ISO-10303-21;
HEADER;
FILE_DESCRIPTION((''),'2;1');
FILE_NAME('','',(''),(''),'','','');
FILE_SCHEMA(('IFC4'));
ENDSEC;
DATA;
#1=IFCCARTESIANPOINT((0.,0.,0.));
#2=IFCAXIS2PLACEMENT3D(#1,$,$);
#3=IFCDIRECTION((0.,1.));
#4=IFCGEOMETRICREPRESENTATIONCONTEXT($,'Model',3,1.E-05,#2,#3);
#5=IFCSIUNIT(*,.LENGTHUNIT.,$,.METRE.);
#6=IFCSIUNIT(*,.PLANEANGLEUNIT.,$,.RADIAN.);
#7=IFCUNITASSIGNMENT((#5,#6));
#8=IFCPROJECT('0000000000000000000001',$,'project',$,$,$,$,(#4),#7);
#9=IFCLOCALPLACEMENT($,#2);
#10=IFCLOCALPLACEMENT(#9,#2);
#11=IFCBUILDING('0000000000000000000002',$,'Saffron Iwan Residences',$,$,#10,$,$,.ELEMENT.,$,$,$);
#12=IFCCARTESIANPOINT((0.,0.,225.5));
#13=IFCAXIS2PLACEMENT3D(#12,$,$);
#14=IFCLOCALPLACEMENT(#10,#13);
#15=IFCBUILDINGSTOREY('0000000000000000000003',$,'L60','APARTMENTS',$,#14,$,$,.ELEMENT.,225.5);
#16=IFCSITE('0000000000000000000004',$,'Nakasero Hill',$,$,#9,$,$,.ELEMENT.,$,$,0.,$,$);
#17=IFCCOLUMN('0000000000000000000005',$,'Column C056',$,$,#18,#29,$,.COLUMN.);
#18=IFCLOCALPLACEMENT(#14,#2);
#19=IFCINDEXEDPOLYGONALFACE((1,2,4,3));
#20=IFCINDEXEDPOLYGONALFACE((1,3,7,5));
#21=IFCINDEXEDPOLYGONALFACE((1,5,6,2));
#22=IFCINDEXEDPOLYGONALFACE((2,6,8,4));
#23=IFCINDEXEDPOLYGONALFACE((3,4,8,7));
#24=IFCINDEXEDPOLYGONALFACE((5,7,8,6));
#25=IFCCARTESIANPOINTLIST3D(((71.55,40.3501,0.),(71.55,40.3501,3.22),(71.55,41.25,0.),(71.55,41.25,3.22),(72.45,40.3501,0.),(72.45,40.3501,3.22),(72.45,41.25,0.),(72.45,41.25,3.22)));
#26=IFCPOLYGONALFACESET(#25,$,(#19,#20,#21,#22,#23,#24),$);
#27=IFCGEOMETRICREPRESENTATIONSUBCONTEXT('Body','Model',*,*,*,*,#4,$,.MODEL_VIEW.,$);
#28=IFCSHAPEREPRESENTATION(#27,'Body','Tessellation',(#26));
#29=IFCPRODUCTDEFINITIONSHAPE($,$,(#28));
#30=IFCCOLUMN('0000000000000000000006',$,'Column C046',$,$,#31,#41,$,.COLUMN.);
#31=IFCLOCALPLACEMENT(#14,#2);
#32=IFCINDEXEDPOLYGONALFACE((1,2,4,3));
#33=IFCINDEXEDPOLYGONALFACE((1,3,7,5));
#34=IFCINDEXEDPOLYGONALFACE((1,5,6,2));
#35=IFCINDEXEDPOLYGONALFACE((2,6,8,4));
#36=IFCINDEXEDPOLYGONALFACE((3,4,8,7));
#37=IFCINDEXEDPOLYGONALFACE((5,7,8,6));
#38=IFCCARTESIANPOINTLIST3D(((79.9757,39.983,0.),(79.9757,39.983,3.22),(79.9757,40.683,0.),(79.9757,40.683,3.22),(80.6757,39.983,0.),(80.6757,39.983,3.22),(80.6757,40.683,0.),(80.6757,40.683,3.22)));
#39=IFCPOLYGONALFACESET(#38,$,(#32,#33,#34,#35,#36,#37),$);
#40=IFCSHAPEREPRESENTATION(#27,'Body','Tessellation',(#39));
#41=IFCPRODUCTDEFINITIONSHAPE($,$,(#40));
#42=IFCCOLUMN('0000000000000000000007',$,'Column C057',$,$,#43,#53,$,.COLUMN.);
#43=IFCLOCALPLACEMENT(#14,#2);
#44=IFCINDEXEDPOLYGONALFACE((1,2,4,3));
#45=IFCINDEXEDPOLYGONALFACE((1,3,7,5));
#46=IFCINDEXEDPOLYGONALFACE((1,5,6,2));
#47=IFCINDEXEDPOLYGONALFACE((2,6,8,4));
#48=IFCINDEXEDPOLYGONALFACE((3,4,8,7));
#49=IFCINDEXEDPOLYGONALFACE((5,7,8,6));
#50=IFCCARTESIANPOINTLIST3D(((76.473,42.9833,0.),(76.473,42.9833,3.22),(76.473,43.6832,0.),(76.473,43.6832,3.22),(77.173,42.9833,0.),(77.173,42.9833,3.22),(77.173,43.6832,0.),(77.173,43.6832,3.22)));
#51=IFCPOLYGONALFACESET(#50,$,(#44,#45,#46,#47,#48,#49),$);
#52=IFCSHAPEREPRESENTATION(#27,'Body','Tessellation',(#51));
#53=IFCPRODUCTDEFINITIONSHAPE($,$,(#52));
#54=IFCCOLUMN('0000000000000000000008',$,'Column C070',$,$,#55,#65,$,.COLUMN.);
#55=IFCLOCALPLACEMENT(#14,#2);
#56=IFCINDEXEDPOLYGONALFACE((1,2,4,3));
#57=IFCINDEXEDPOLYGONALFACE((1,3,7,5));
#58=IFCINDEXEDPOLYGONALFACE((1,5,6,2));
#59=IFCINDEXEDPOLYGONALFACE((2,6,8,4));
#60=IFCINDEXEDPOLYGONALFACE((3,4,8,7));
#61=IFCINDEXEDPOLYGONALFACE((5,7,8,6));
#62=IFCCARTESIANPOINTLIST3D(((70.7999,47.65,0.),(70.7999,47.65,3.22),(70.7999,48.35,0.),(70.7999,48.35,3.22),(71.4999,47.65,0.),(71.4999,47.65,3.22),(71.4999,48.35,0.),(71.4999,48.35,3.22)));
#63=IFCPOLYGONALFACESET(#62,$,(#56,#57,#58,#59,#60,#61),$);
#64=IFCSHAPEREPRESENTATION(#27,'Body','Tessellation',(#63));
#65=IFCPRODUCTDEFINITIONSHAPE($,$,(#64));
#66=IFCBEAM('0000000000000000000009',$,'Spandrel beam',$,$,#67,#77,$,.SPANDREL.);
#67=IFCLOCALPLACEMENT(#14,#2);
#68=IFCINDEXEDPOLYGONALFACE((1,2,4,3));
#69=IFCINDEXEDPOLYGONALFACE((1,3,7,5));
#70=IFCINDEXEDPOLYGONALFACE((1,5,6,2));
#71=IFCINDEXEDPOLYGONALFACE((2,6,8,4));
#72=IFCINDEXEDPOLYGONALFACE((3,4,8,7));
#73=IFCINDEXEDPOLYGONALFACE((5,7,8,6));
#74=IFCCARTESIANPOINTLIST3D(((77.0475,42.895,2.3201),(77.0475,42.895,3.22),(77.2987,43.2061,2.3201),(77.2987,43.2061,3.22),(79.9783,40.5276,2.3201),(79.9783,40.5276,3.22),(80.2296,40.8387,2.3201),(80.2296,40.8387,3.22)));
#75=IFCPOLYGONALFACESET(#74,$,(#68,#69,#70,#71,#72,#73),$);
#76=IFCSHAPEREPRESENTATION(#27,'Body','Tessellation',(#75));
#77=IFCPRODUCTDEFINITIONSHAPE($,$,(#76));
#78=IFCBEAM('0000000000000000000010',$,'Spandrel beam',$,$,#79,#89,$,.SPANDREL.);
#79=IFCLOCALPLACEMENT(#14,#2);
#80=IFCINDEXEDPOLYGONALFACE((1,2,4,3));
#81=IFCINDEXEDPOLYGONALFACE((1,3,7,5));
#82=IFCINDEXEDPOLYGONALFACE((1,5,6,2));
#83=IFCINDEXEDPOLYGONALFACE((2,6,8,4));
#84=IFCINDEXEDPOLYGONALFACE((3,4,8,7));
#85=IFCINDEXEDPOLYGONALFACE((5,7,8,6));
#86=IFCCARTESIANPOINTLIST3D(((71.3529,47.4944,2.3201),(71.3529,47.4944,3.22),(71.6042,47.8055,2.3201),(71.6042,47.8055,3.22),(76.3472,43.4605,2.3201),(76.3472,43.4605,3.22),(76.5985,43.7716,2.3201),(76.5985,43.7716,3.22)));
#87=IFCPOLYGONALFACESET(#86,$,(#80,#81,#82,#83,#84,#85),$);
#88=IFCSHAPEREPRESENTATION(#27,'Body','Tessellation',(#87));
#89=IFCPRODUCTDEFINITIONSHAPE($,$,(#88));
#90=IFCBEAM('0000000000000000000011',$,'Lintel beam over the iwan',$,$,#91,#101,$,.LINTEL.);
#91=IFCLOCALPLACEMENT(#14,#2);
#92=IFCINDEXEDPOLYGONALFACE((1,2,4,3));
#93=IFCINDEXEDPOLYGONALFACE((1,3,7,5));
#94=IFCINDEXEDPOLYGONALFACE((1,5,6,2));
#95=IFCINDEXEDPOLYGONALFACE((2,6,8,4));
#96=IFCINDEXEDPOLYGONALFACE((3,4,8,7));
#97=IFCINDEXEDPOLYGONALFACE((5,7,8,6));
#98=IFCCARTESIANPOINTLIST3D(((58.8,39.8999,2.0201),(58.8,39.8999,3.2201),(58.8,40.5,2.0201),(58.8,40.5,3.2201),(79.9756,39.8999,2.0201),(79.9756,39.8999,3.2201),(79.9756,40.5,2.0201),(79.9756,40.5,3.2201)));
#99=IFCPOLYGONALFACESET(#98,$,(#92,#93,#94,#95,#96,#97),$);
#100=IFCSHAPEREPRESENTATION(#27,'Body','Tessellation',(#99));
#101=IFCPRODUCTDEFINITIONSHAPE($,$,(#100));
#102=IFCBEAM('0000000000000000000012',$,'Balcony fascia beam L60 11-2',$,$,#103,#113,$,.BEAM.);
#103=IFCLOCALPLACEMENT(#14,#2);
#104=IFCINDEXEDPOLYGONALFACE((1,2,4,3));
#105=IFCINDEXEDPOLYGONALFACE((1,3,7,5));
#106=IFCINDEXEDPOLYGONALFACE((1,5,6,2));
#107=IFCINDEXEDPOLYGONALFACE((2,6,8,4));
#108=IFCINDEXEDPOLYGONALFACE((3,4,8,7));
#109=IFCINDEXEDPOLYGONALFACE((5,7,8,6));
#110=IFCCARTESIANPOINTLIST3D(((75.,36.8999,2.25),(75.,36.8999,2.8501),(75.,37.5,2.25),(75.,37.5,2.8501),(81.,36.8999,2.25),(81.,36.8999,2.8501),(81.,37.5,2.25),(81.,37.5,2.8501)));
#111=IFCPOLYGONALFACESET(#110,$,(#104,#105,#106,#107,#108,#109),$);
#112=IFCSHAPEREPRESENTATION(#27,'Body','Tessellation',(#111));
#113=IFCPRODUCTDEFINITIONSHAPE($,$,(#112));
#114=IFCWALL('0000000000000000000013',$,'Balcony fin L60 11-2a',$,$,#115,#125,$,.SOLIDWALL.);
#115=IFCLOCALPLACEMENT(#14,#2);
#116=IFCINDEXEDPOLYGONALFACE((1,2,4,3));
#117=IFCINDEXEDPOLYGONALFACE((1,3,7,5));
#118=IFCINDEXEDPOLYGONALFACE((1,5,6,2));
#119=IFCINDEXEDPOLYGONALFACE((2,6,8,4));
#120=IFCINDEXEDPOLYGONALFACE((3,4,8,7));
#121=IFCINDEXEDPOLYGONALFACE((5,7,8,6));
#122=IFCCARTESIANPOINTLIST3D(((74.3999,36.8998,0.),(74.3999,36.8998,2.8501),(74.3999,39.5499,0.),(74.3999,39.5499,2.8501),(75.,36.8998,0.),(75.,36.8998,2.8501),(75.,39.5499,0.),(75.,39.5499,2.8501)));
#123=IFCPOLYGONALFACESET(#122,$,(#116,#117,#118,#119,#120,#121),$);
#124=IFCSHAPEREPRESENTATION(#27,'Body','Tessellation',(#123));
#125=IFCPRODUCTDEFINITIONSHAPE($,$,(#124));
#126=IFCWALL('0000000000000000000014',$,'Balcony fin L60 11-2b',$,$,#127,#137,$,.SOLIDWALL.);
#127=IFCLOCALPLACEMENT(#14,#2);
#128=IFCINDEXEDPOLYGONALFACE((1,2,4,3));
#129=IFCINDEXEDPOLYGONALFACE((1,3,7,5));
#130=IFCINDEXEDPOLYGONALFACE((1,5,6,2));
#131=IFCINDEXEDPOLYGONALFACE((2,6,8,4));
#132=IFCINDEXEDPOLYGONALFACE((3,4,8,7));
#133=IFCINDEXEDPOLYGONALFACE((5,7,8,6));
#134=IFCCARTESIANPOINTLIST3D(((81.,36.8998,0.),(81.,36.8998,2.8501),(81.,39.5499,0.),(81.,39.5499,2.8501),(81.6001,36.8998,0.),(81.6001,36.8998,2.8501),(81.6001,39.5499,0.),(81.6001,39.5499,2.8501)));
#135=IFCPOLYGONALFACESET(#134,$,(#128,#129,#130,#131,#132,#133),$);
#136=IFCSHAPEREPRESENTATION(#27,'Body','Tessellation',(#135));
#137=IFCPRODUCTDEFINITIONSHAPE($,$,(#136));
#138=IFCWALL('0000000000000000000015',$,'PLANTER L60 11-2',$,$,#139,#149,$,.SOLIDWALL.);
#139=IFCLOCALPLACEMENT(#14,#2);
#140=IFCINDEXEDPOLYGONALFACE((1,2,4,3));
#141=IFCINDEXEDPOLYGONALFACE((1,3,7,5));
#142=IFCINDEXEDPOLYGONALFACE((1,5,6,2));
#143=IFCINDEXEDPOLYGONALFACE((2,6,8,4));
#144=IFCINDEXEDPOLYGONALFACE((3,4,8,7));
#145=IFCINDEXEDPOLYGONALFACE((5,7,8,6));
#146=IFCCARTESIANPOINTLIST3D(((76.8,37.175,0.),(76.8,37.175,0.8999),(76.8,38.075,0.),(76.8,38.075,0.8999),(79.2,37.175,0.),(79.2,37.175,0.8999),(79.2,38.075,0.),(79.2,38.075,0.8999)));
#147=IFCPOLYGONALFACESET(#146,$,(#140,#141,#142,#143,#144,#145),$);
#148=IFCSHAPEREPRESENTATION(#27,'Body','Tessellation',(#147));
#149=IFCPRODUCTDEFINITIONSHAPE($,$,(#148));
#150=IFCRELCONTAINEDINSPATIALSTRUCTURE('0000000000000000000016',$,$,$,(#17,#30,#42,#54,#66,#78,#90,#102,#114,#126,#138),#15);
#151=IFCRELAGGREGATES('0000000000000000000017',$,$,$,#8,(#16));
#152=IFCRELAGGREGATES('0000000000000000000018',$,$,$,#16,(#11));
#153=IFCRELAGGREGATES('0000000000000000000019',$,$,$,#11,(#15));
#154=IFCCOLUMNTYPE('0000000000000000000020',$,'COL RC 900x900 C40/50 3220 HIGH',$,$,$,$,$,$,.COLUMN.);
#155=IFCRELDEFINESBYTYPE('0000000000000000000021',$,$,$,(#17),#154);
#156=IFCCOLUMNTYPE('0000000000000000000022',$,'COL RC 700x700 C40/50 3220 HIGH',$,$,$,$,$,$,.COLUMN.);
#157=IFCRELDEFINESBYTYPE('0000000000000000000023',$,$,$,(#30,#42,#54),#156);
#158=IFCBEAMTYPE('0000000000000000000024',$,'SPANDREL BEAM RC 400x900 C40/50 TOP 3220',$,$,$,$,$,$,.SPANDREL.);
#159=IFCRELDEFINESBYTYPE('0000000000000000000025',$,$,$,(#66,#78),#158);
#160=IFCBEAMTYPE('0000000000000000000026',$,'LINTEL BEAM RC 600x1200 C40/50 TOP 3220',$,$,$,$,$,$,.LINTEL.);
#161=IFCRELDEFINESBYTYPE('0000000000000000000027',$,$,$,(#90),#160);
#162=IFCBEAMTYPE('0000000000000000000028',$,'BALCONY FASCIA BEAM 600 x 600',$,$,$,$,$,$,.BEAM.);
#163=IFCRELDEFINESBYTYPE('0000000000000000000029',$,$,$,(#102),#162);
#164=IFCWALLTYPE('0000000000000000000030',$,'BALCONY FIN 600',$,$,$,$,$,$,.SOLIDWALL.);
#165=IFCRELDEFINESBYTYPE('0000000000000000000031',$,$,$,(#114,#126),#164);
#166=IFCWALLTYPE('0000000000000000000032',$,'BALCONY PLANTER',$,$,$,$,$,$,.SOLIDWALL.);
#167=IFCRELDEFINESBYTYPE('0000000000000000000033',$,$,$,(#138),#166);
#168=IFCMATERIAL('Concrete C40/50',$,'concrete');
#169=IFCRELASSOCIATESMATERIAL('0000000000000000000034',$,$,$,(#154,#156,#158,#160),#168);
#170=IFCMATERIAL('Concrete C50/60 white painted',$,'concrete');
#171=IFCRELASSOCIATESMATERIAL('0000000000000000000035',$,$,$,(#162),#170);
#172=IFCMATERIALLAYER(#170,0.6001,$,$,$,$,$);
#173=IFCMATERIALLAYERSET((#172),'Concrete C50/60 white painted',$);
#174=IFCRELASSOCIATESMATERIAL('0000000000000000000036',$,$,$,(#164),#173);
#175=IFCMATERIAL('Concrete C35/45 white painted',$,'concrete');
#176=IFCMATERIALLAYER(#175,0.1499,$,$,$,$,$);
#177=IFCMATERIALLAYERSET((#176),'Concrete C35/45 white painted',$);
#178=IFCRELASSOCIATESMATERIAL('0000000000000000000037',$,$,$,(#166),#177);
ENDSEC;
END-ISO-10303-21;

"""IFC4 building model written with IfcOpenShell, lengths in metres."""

from ifc_helpers import new_model, si_unit, direction, frame, frame_2d, origin, origin_2d, place, context, subcontext, project, spatial, rectangle, extrude, source, transform, mapped, material, layer, layer_set, material_profile, profile_set, type_object, element, save


model = new_model("IFC4")

# Units and contexts
model_context = context("Model", 3, precision=1e-05, world=origin(), true_north=direction((0.0, 1.0)))
body_context = subcontext(model_context, "Body", "Model", "MODEL_VIEW")
ifc_project = project(units=[si_unit("LENGTHUNIT", "METRE"), si_unit("PLANEANGLEUNIT", "RADIAN")], contexts=[model_context])

# Site, building, storey
site_placement = place(None, origin())
site = spatial("IfcSite", under=ifc_project, at=site_placement, Name="Nakasero Hill", CompositionType="ELEMENT", RefElevation=0.0)
building_placement = place(site_placement, origin())
building = spatial("IfcBuilding", under=site, at=building_placement, Name="Saffron Iwan Residences", CompositionType="ELEMENT")
storey_placement = place(building_placement, frame((0.0, 0.0, 225.5)))
storey = spatial("IfcBuildingStorey", under=building, at=storey_placement, Name="L60", Description="APARTMENTS", CompositionType="ELEMENT", Elevation=225.5)

# Columns
ifc_material_1 = material(Name="Concrete C40/50", Category="concrete")
ifc_material_profile_1 = material_profile(ifc_material_1, rectangle(XDim=0.8999, YDim=0.8999, at=origin_2d()), Name="RC 900x900")
ifc_profile_set_1 = profile_set([ifc_material_profile_1], Name="Concrete C40/50")
column_type_1 = type_object("IfcColumnType", Name="COL RC 900x900 C40/50 3220 HIGH", PredefinedType="COLUMN", material=ifc_profile_set_1)
shared_shape_1 = source(origin(), body_context, "Body", "SweptSolid", [
    extrude(rectangle(XDim=0.8999, YDim=0.8999, at=origin_2d()), origin(), (0.0, 0.0, 1.0), 3.22),
])
column_placement = place(storey_placement, frame((72.0, 40.8, 0.0), z_axis=(0.0, 0.0, 1.0), x_axis=(1.0, 0.0, 0.0)))
element("IfcColumn", 1, at=column_placement, inside=storey, type_object=column_type_1, Name="Column C056", PredefinedType="COLUMN", context=body_context, shape_type="MappedRepresentation", body=[
    mapped(shared_shape_1, transform((0.0, 0.0, 0.0))),
])
ifc_material_profile_2 = material_profile(ifc_material_1, rectangle(XDim=0.7, YDim=0.7, at=origin_2d()), Name="RC 700x700")
ifc_profile_set_2 = profile_set([ifc_material_profile_2], Name="Concrete C40/50")
column_type_2 = type_object("IfcColumnType", Name="COL RC 700x700 C40/50 3220 HIGH", PredefinedType="COLUMN", material=ifc_profile_set_2)
shared_shape_2 = source(origin(), body_context, "Body", "SweptSolid", [
    extrude(rectangle(XDim=0.7, YDim=0.7, at=origin_2d()), origin(), (0.0, 0.0, 1.0), 3.22),
])
for number, where, z_axis, x_axis, name in (
    (2, (80.3257, 40.333, 0.0), (0.0, 0.0, 1.0), (1.0, 0.0, 0.0), "Column C046"),
    (3, (76.823, 43.3333, 0.0), (0.0, 0.0, 1.0), (1.0, 0.0, 0.0), "Column C057"),
    (4, (71.1499, 48.0, 0.0), (0.0, 0.0, 1.0), (1.0, 0.0, 0.0), "Column C070"),
):
    element("IfcColumn", number, at=place(storey_placement, frame(where, z_axis=z_axis, x_axis=x_axis)), inside=storey, type_object=column_type_2, Name=name, PredefinedType="COLUMN", context=body_context, shape_type="MappedRepresentation", body=[
        mapped(shared_shape_2, transform((0.0, 0.0, 0.0))),
    ])

# Beams
ifc_material_profile_3 = material_profile(ifc_material_1, rectangle(XDim=0.3999, YDim=0.8999, at=origin_2d()), Name="RC 400x900")
ifc_profile_set_3 = profile_set([ifc_material_profile_3], Name="Concrete C40/50")
beam_type_1 = type_object("IfcBeamType", Name="SPANDREL BEAM RC 400x900 C40/50 TOP 3220", PredefinedType="SPANDREL", material=ifc_profile_set_3)
shared_shape_3 = source(origin(), body_context, "Body", "SweptSolid", [
    extrude(rectangle(XDim=0.3999, YDim=0.8999, at=origin_2d()), origin(), (0.0, 0.0, 1.0), 3.7676),
])
beam_1_placement = place(storey_placement, frame((77.1731, 43.0505, 2.77), z_axis=(0.77792, -0.628363, 0.0), x_axis=(0.628363, 0.77792, 0.0)))
element("IfcBeam", 5, at=beam_1_placement, inside=storey, type_object=beam_type_1, Name="Spandrel beam", PredefinedType="SPANDREL", context=body_context, shape_type="MappedRepresentation", body=[
    mapped(shared_shape_3, transform((0.0, 0.0, 0.0))),
])
shared_shape_4 = source(origin(), body_context, "Body", "SweptSolid", [
    extrude(rectangle(XDim=0.3999, YDim=0.8999, at=origin_2d()), origin(), (0.0, 0.0, 1.0), 6.4199),
])
beam_2_placement = place(storey_placement, frame((71.4785, 47.6499, 2.77), z_axis=(0.77794, -0.628338, 0.0), x_axis=(0.628338, 0.77794, 0.0)))
element("IfcBeam", 6, at=beam_2_placement, inside=storey, type_object=beam_type_1, Name="Spandrel beam", PredefinedType="SPANDREL", context=body_context, shape_type="MappedRepresentation", body=[
    mapped(shared_shape_4, transform((0.0, 0.0, 0.0))),
])
ifc_material_profile_4 = material_profile(ifc_material_1, rectangle(XDim=0.6001, YDim=1.2, at=origin_2d()), Name="RC 600x1200")
ifc_profile_set_4 = profile_set([ifc_material_profile_4], Name="Concrete C40/50")
beam_type_2 = type_object("IfcBeamType", Name="LINTEL BEAM RC 600x1200 C40/50 TOP 3220", PredefinedType="LINTEL", material=ifc_profile_set_4)
shared_shape_5 = source(origin(), body_context, "Body", "SweptSolid", [
    extrude(rectangle(XDim=0.6001, YDim=1.2, at=origin_2d()), origin(), (0.0, 0.0, 1.0), 21.1755),
])
beam_3_placement = place(storey_placement, frame((79.9756, 40.2, 2.6201), z_axis=(-1.0, 0.0, 0.0), x_axis=(0.0, -1.0, 0.0)))
element("IfcBeam", 7, at=beam_3_placement, inside=storey, type_object=beam_type_2, Name="Lintel beam over the iwan", PredefinedType="LINTEL", context=body_context, shape_type="MappedRepresentation", body=[
    mapped(shared_shape_5, transform((0.0, 0.0, 0.0))),
])
ifc_material_2 = material(Name="Concrete C50/60 white painted", Category="concrete")
ifc_material_profile_5 = material_profile(ifc_material_2, rectangle(XDim=0.6001, YDim=0.6001, at=origin_2d()), Name="BALCONY FASCIA BEAM 600 x 600")
ifc_profile_set_5 = profile_set([ifc_material_profile_5], Name="Concrete C50/60 white painted")
beam_type_3 = type_object("IfcBeamType", Name="BALCONY FASCIA BEAM 600 x 600", PredefinedType="BEAM", material=ifc_profile_set_5)
shared_shape_6 = source(origin(), body_context, "Body", "SweptSolid", [
    extrude(rectangle(XDim=0.6001, YDim=0.6001, at=origin_2d()), origin(), (0.0, 0.0, 1.0), 6.0),
])
beam_4_placement = place(storey_placement, frame((75.0, 37.2, 2.55), z_axis=(1.0, 0.0, 0.0), x_axis=(0.0, 1.0, 0.0)))
element("IfcBeam", 8, at=beam_4_placement, inside=storey, type_object=beam_type_3, Name="Balcony fascia beam L60 11-2", PredefinedType="BEAM", context=body_context, shape_type="MappedRepresentation", body=[
    mapped(shared_shape_6, transform((0.0, 0.0, 0.0))),
])

# Walls
ifc_layer_1 = layer(ifc_material_2, 0.6001)
ifc_layer_set_1 = layer_set([ifc_layer_1], Name="Concrete C50/60 white painted")
wall_type_1 = type_object("IfcWallType", Name="BALCONY FIN 600", PredefinedType="SOLIDWALL", material=ifc_layer_set_1)
for number, where, z_axis, x_axis, name in (
    (9, (74.7, 39.55, 0.0), (0.0, 0.0, 1.0), (0.0, -1.0, 0.0), "Balcony fin L60 11-2a"),
    (10, (81.3, 39.55, 0.0), (0.0, 0.0, 1.0), (0.0, -1.0, 0.0), "Balcony fin L60 11-2b"),
):
    element("IfcWall", number, at=place(storey_placement, frame(where, z_axis=z_axis, x_axis=x_axis)), inside=storey, type_object=wall_type_1, Name=name, PredefinedType="SOLIDWALL", context=body_context, shape_type="SweptSolid", body=[
        extrude(rectangle(XDim=2.6501, YDim=0.6001, at=frame_2d((1.3252, 0.0))), origin(), (0.0, 0.0, 1.0), 2.8501),
    ])
ifc_material_3 = material(Name="Concrete C35/45 white painted", Category="concrete")
ifc_layer_2 = layer(ifc_material_3, 0.1499)
ifc_layer_set_2 = layer_set([ifc_layer_2], Name="Concrete C35/45 white painted")
wall_type_2 = type_object("IfcWallType", Name="BALCONY PLANTER", PredefinedType="SOLIDWALL", material=ifc_layer_set_2)
wall_1_placement = place(storey_placement, frame((76.8, 37.625, 0.0), z_axis=(0.0, 0.0, 1.0), x_axis=(1.0, 0.0, 0.0)))
element("IfcWall", 11, at=wall_1_placement, inside=storey, type_object=wall_type_2, Name="PLANTER L60 11-2", PredefinedType="SOLIDWALL", context=body_context, shape_type="SweptSolid", body=[
    extrude(rectangle(XDim=2.3999, YDim=0.8999, at=frame_2d((1.2, 0.0))), origin(), (0.0, 0.0, 1.0), 0.8999),
])

save(model, "model.ifc")
